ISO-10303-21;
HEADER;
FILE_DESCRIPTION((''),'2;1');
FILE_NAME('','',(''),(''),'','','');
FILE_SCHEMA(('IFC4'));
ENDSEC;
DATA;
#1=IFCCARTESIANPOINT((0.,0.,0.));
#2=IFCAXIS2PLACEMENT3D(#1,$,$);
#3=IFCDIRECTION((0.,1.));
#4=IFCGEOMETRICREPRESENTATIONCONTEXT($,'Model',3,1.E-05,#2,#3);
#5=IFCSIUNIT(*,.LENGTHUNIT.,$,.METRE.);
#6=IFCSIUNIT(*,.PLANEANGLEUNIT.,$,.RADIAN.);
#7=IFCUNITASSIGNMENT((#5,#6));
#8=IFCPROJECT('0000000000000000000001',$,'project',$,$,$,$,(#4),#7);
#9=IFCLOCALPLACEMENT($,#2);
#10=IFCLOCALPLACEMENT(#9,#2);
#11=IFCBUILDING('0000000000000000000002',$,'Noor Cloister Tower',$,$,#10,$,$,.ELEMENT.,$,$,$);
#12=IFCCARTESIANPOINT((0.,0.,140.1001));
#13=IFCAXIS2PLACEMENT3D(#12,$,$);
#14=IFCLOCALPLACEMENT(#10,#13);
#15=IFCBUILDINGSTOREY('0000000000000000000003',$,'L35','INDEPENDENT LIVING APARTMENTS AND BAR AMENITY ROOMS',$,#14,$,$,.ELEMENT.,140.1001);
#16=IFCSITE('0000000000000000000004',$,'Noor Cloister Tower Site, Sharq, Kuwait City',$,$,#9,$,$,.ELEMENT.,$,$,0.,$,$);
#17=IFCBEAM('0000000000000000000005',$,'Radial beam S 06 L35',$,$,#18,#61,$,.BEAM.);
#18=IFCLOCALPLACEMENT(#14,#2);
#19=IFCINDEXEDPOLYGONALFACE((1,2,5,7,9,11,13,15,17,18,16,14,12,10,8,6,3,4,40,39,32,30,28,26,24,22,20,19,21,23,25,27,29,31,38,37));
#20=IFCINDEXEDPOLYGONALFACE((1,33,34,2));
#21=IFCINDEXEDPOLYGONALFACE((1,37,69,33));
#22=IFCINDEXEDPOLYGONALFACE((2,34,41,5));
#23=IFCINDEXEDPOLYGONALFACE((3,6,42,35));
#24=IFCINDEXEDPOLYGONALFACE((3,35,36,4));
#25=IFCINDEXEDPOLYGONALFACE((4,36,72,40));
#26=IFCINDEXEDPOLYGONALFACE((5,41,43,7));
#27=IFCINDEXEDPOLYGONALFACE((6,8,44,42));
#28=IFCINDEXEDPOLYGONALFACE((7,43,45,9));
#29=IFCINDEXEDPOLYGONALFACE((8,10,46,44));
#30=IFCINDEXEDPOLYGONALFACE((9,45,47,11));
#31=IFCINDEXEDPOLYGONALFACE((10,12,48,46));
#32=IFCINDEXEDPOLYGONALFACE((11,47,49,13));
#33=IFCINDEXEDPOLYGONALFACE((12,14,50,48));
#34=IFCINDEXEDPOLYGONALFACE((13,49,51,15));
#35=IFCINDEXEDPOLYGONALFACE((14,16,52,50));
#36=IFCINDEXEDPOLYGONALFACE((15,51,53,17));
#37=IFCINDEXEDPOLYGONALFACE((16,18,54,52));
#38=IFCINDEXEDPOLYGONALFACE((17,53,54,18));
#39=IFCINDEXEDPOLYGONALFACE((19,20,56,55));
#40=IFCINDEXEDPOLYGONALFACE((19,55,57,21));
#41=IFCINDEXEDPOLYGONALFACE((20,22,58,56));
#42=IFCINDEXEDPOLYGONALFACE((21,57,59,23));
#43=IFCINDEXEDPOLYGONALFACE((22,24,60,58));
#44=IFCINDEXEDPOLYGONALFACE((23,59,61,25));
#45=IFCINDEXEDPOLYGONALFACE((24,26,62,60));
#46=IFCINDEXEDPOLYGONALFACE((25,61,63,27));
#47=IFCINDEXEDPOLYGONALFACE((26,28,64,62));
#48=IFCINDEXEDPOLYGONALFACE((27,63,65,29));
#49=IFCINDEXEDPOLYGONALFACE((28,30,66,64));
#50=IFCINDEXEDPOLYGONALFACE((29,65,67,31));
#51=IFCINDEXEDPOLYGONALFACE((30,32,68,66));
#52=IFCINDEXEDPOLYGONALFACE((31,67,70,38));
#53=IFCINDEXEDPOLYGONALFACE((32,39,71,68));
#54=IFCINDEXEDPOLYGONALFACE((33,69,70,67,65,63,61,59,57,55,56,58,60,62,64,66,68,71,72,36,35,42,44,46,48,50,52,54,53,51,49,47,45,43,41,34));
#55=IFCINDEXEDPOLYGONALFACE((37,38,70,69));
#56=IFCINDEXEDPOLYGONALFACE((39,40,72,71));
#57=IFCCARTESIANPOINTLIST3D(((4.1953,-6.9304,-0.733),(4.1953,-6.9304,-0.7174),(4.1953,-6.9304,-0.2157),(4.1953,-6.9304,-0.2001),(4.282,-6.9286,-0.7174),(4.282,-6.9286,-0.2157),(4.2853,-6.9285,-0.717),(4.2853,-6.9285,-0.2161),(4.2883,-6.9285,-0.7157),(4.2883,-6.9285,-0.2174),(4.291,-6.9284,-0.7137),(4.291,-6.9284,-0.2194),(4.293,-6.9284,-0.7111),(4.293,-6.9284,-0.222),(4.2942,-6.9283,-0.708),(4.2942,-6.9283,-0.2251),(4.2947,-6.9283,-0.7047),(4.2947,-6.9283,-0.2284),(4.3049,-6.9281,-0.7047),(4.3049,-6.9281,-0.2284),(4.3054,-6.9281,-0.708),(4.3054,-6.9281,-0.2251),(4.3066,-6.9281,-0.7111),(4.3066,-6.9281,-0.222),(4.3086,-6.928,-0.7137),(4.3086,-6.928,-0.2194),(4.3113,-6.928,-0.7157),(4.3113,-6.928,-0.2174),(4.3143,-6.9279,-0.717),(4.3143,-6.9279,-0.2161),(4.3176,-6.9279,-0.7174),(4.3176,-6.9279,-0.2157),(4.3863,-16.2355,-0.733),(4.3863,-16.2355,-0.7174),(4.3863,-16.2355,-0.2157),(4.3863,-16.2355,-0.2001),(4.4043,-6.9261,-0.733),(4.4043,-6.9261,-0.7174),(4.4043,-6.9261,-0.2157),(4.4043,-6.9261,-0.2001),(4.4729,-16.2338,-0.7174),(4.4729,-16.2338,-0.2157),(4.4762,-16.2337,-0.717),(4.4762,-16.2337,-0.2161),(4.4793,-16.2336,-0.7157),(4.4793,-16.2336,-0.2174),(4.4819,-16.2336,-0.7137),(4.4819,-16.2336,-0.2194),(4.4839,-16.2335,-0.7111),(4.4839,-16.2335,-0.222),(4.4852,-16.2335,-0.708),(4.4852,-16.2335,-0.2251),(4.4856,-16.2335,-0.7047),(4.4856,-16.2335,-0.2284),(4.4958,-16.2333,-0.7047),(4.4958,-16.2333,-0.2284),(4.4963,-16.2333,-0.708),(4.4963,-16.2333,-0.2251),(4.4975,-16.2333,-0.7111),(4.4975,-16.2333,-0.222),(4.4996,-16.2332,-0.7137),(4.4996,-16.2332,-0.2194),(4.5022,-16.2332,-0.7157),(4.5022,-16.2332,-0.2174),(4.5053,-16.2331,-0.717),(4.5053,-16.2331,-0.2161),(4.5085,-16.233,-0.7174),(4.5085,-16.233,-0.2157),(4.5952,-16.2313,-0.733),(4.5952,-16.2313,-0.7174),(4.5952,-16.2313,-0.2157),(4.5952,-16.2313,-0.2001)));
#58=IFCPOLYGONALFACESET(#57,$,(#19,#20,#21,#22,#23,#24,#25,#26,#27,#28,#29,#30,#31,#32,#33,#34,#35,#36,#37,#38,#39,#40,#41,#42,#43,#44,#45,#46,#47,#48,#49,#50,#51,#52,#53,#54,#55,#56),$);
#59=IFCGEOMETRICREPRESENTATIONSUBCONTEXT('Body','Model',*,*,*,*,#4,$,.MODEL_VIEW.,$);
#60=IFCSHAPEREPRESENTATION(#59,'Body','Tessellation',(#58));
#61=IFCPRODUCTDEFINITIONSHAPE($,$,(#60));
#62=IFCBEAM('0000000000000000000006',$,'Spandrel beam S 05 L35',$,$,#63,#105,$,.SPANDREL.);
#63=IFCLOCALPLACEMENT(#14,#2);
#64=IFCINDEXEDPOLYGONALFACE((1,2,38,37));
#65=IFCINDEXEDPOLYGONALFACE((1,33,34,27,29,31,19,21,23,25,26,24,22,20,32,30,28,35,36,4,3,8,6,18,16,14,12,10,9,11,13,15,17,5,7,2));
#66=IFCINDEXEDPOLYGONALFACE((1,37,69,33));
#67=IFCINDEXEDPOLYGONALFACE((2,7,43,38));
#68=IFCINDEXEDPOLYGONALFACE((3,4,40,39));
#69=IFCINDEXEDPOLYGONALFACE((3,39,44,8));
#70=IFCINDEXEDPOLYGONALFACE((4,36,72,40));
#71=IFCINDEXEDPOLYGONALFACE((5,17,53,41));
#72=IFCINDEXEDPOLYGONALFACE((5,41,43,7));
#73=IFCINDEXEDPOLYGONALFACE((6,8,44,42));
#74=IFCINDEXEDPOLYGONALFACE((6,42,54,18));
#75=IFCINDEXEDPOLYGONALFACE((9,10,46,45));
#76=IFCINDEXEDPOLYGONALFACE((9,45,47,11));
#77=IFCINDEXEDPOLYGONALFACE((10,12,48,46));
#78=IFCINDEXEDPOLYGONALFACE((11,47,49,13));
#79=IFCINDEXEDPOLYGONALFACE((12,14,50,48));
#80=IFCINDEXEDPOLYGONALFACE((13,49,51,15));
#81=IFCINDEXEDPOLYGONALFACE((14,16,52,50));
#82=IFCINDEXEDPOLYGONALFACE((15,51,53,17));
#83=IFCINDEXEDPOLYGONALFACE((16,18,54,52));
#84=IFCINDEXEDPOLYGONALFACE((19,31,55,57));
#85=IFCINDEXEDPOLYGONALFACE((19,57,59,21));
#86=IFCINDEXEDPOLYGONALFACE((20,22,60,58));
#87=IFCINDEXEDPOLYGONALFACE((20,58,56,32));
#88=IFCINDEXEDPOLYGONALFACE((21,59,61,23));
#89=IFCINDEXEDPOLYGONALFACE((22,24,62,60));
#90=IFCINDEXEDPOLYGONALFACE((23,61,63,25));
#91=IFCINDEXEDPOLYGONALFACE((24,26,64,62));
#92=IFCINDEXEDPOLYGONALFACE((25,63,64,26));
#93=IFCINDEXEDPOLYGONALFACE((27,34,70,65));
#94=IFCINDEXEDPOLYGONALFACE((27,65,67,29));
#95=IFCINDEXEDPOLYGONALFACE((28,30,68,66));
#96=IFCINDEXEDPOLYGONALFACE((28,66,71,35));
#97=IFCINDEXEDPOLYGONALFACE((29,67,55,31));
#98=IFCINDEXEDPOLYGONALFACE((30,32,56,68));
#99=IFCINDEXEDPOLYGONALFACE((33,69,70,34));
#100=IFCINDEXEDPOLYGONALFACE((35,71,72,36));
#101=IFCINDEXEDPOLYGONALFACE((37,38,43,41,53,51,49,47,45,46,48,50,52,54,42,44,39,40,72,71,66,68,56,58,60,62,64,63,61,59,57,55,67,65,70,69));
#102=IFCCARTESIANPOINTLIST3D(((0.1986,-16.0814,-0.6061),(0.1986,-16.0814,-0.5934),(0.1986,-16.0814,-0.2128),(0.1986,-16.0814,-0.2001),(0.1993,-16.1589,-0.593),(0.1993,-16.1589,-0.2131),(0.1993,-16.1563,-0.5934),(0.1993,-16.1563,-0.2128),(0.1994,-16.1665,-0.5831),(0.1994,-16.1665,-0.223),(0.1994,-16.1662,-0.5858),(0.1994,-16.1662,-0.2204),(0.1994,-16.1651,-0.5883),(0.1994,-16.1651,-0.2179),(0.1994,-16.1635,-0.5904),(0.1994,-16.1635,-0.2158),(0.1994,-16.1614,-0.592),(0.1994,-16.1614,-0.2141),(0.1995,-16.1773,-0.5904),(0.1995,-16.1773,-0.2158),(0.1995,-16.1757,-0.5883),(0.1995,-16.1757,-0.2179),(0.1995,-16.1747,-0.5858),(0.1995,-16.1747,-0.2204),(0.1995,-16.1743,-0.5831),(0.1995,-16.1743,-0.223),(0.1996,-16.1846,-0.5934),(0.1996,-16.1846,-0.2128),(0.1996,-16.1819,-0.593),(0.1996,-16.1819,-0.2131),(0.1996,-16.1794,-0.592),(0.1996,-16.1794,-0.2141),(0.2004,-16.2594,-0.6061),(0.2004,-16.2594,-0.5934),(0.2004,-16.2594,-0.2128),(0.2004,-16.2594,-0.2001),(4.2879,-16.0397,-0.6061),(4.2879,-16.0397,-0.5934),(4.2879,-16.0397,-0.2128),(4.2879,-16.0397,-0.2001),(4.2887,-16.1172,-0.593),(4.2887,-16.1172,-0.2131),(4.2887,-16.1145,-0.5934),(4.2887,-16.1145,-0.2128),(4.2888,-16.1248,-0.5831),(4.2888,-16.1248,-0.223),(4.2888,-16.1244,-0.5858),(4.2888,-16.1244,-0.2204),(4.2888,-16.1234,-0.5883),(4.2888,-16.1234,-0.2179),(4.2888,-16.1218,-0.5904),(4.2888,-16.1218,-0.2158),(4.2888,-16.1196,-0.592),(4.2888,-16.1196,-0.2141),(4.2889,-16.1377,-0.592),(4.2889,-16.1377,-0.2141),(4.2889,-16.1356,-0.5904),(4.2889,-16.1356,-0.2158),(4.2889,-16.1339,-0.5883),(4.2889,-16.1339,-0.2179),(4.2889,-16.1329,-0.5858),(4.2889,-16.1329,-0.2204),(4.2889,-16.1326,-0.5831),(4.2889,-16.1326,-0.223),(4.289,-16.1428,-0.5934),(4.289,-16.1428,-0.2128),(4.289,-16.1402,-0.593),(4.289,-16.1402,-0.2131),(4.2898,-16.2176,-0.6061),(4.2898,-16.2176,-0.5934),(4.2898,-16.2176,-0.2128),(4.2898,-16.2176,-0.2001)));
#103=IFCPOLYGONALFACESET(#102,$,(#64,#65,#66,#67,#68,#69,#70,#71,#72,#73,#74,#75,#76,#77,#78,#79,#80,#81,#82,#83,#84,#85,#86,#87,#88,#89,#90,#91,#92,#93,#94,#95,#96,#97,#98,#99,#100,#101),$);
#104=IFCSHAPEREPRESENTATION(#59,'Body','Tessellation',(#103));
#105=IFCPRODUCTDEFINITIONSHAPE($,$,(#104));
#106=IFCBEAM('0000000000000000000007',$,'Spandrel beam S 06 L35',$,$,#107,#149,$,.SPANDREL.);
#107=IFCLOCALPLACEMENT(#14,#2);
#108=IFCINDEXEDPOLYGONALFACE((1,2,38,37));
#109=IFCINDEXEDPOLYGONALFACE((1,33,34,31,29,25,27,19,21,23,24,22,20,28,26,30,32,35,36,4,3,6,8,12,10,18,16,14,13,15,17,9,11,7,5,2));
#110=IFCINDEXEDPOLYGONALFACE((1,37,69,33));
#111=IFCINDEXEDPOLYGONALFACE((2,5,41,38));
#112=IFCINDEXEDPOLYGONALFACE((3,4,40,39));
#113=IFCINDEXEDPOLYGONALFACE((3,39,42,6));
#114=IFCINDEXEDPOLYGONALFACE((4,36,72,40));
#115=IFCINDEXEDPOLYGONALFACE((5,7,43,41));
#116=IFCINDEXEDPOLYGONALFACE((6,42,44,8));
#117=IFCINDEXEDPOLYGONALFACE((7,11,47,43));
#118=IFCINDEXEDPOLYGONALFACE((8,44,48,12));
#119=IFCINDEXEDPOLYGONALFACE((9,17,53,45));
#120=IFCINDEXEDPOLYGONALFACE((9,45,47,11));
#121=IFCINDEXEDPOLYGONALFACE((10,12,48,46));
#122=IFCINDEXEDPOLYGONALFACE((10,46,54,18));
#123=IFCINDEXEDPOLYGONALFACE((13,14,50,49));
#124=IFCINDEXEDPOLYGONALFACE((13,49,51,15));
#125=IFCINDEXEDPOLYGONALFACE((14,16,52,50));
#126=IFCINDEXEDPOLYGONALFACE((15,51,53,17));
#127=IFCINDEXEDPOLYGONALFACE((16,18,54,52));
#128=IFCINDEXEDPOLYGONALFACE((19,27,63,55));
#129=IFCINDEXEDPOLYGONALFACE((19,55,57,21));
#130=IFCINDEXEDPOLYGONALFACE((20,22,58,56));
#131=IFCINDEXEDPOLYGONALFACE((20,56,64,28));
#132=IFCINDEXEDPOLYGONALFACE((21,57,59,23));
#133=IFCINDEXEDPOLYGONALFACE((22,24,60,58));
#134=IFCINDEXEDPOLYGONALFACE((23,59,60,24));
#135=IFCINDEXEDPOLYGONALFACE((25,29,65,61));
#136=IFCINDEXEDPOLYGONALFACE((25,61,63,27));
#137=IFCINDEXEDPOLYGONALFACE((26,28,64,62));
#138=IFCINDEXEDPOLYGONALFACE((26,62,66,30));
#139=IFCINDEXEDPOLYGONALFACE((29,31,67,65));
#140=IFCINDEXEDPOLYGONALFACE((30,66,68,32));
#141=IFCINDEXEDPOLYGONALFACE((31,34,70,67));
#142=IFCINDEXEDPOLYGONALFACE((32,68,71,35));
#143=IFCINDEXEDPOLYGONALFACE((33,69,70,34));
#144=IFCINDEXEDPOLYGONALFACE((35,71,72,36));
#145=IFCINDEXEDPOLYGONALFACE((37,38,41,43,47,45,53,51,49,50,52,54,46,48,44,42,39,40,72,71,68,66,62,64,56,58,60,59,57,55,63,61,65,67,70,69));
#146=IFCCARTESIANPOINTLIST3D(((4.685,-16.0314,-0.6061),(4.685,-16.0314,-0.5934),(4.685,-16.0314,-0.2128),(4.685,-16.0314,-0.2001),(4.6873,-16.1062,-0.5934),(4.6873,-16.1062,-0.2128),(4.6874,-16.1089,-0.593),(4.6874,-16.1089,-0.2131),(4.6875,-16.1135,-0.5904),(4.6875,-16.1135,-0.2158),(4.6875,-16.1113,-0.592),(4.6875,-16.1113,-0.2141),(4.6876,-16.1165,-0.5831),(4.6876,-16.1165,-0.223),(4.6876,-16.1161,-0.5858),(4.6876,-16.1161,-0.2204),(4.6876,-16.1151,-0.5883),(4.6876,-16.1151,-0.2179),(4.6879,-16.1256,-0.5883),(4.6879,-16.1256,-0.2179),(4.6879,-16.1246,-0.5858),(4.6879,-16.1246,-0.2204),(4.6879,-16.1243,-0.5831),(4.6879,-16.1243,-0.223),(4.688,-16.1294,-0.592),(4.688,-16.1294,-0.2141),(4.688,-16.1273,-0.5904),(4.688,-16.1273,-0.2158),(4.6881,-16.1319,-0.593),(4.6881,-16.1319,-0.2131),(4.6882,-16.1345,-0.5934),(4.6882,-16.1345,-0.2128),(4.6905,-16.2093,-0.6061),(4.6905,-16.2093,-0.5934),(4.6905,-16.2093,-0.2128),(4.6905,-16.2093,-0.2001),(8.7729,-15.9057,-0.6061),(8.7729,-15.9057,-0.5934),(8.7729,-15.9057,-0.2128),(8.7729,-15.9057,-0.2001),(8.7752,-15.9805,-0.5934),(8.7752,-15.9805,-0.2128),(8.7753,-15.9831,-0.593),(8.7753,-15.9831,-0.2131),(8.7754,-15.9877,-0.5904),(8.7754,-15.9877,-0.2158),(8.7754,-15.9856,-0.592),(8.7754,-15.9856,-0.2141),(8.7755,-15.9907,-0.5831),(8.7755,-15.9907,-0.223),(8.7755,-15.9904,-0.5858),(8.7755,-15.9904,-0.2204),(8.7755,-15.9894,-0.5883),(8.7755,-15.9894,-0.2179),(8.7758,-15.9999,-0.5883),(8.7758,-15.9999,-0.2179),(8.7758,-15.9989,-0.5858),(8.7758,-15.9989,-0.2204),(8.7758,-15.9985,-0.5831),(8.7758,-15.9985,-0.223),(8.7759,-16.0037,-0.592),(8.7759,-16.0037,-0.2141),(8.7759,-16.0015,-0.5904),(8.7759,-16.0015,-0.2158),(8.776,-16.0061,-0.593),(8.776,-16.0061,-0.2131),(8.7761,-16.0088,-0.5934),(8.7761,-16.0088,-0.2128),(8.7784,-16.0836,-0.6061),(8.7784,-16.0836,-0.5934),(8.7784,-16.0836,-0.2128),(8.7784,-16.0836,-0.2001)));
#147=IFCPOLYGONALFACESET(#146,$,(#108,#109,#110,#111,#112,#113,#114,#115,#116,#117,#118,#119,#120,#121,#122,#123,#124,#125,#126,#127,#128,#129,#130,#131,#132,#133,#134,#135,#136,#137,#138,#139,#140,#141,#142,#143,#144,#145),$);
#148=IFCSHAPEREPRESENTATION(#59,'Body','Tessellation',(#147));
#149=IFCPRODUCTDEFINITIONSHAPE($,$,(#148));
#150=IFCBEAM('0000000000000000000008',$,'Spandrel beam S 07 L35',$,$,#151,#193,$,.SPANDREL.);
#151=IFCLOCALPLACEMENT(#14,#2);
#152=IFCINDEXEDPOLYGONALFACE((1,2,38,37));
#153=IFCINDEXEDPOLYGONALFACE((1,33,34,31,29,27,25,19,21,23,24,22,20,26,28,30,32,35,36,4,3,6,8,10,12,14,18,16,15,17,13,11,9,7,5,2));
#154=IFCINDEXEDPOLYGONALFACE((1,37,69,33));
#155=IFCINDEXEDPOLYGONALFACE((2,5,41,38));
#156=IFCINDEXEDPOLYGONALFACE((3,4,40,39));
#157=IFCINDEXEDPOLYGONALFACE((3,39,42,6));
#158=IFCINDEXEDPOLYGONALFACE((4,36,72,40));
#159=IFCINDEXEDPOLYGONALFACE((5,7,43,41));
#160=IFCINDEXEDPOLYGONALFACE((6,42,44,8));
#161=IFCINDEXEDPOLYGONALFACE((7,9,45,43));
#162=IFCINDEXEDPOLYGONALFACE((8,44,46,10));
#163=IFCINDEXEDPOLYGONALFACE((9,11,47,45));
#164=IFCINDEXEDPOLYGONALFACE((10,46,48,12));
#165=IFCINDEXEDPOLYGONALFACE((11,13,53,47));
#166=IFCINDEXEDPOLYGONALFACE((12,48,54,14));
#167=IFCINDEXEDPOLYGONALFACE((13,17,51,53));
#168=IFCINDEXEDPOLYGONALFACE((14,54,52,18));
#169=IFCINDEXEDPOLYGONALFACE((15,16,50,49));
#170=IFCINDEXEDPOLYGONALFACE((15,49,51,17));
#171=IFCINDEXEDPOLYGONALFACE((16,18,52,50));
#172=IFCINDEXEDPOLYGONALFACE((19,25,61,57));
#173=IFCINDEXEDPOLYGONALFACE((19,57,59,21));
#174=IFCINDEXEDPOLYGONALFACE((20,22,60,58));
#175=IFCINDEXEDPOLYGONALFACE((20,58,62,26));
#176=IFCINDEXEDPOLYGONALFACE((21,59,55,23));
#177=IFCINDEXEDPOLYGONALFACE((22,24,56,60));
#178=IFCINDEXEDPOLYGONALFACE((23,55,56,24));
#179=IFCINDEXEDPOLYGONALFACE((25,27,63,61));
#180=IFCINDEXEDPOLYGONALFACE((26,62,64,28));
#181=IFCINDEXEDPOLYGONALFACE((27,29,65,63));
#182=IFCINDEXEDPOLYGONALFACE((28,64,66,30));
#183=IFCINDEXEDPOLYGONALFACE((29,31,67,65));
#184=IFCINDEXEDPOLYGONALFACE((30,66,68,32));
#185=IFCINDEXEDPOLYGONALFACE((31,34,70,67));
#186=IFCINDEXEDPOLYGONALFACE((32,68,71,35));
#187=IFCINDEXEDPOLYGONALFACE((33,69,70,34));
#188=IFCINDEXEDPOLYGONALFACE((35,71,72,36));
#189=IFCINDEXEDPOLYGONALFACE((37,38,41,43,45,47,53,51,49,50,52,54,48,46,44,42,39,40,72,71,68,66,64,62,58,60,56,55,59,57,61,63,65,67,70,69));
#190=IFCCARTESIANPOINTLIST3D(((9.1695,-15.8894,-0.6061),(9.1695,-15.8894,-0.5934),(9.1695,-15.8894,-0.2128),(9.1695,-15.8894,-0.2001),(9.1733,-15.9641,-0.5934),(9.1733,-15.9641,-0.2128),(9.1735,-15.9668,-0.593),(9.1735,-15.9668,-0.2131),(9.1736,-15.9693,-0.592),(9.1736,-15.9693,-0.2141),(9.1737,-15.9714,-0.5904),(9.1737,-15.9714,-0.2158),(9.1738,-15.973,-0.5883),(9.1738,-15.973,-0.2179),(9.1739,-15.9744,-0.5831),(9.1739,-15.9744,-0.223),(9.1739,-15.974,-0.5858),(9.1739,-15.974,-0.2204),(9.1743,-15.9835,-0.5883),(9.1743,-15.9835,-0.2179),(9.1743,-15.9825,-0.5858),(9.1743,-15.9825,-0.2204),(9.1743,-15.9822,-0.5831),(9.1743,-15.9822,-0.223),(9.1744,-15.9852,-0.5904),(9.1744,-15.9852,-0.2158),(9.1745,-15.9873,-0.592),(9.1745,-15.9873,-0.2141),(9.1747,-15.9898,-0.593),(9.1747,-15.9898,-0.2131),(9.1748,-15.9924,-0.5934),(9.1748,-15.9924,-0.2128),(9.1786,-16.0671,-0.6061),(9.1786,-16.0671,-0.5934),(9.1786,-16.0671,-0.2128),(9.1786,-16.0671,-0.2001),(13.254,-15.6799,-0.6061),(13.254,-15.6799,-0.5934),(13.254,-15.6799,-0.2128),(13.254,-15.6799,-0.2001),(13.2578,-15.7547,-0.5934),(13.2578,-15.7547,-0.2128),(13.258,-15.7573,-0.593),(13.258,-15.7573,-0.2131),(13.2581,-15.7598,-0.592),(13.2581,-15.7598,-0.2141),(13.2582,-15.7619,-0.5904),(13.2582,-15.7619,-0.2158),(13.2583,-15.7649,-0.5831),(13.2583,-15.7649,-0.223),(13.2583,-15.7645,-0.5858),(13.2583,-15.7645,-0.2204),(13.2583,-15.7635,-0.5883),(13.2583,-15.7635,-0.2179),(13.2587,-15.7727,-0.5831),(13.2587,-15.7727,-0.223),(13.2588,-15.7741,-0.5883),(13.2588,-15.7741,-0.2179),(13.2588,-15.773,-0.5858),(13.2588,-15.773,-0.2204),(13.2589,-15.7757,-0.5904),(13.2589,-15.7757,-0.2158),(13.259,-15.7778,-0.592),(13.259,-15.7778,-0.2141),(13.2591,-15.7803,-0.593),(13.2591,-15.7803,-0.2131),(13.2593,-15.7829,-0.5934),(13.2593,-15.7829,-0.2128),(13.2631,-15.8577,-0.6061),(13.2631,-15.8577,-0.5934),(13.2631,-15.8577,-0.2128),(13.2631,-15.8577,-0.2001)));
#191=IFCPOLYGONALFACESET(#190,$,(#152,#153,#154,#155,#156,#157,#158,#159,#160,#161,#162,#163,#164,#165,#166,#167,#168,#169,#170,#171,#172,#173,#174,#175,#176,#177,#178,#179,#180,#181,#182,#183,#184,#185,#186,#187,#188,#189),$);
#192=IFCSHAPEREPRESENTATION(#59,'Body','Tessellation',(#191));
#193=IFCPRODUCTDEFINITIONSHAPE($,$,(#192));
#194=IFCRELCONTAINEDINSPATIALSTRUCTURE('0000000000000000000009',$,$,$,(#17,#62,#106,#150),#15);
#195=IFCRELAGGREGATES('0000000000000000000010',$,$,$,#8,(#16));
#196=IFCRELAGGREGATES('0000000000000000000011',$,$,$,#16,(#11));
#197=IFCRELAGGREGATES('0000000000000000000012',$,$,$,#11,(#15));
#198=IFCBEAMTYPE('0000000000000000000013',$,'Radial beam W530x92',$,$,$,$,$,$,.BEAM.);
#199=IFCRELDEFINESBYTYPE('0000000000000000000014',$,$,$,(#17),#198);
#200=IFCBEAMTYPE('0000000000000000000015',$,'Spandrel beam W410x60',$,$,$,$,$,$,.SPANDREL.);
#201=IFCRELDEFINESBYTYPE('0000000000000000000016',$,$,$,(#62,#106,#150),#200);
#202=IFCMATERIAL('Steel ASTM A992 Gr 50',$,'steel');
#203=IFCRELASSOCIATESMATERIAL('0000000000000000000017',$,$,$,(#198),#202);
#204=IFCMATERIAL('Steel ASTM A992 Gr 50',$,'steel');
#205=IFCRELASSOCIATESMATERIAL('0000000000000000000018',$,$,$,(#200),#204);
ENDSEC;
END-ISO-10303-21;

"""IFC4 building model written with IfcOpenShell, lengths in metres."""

from ifc_helpers import new_model, si_unit, direction, frame, origin, origin_2d, place, context, subcontext, project, spatial, i_section, extrude, material, material_profile, profile_set, type_object, element, save


model = new_model("IFC4")

# Units and contexts
model_context = context("Model", 3, precision=1e-05, world=origin(), true_north=direction((0.0, 1.0)))
body_context = subcontext(model_context, "Body", "Model", "MODEL_VIEW")
ifc_project = project(units=[si_unit("LENGTHUNIT", "METRE"), si_unit("PLANEANGLEUNIT", "RADIAN")], contexts=[model_context])

# Site, building, storey
site_placement = place(None, origin())
site = spatial("IfcSite", under=ifc_project, at=site_placement, Name="Noor Cloister Tower Site, Sharq, Kuwait City", CompositionType="ELEMENT", RefElevation=0.0)
building_placement = place(site_placement, origin())
building = spatial("IfcBuilding", under=site, at=building_placement, Name="Noor Cloister Tower", CompositionType="ELEMENT")
storey_placement = place(building_placement, frame((0.0, 0.0, 140.1001)))
storey = spatial("IfcBuildingStorey", under=building, at=storey_placement, Name="L35", Description="INDEPENDENT LIVING APARTMENTS AND BAR AMENITY ROOMS", CompositionType="ELEMENT", Elevation=140.1001)

# Beams
ifc_material_1 = material(Name="Steel ASTM A992 Gr 50", Category="steel")
ifc_material_profile_1 = material_profile(ifc_material_1, i_section(OverallWidth=0.209, OverallDepth=0.533, WebThickness=0.0103, FlangeThickness=0.0156, FilletRadius=0.0127, at=origin_2d()), Name="W530x92")
ifc_profile_set_1 = profile_set([ifc_material_profile_1], Name="Steel ASTM A992 Gr 50")
beam_type_1 = type_object("IfcBeamType", Name="Radial beam W530x92", PredefinedType="BEAM", material=ifc_profile_set_1)
beam_1_placement = place(storey_placement, frame((4.4907, -16.2334, -0.4666), z_axis=(-0.020513, 0.99979, 0.0), x_axis=(-0.99979, -0.020513, 0.0)))
element("IfcBeam", 1, at=beam_1_placement, inside=storey, type_object=beam_type_1, Name="Radial beam S 06 L35", PredefinedType="BEAM", context=body_context, shape_type="SweptSolid", body=[
    extrude(i_section(OverallWidth=0.209, OverallDepth=0.533, WebThickness=0.0103, FlangeThickness=0.0156, FilletRadius=0.0127, at=origin_2d()), origin(), (0.0, 0.0, 1.0), 9.3071),
])
ifc_material_2 = material(Name="Steel ASTM A992 Gr 50", Category="steel")
ifc_material_profile_2 = material_profile(ifc_material_2, i_section(OverallWidth=0.178, OverallDepth=0.406, WebThickness=0.0078, FlangeThickness=0.0127, FilletRadius=0.0103, at=origin_2d()), Name="W410x60")
ifc_profile_set_2 = profile_set([ifc_material_profile_2], Name="Steel ASTM A992 Gr 50")
beam_type_2 = type_object("IfcBeamType", Name="Spandrel beam W410x60", PredefinedType="SPANDREL", material=ifc_profile_set_2)
beam_2_placement = place(storey_placement, frame((0.1995, -16.1704, -0.4031), z_axis=(0.999948, 0.010208, 0.0), x_axis=(-0.010208, 0.999948, 0.0)))
element("IfcBeam", 2, at=beam_2_placement, inside=storey, type_object=beam_type_2, Name="Spandrel beam S 05 L35", PredefinedType="SPANDREL", context=body_context, shape_type="SweptSolid", body=[
    extrude(i_section(OverallWidth=0.178, OverallDepth=0.406, WebThickness=0.0078, FlangeThickness=0.0127, FilletRadius=0.0103, at=origin_2d()), origin(), (0.0, 0.0, 1.0), 4.0896),
])
for number, where, z_axis, x_axis, name in (
    (3, (4.6877, -16.1204, -0.4031), (0.999527, 0.030743, 0.0), (-0.030743, 0.999527, 0.0), "Spandrel beam S 06 L35"),
    (4, (9.1741, -15.9783, -0.4031), (0.998688, 0.051218, 0.0), (-0.051218, 0.998688, 0.0), "Spandrel beam S 07 L35"),
):
    element("IfcBeam", number, at=place(storey_placement, frame(where, z_axis=z_axis, x_axis=x_axis)), inside=storey, type_object=beam_type_2, Name=name, PredefinedType="SPANDREL", context=body_context, shape_type="SweptSolid", body=[
        extrude(i_section(OverallWidth=0.178, OverallDepth=0.406, WebThickness=0.0078, FlangeThickness=0.0127, FilletRadius=0.0103, at=origin_2d()), origin(), (0.0, 0.0, 1.0), 4.0898),
    ])

save(model, "model.ifc")
